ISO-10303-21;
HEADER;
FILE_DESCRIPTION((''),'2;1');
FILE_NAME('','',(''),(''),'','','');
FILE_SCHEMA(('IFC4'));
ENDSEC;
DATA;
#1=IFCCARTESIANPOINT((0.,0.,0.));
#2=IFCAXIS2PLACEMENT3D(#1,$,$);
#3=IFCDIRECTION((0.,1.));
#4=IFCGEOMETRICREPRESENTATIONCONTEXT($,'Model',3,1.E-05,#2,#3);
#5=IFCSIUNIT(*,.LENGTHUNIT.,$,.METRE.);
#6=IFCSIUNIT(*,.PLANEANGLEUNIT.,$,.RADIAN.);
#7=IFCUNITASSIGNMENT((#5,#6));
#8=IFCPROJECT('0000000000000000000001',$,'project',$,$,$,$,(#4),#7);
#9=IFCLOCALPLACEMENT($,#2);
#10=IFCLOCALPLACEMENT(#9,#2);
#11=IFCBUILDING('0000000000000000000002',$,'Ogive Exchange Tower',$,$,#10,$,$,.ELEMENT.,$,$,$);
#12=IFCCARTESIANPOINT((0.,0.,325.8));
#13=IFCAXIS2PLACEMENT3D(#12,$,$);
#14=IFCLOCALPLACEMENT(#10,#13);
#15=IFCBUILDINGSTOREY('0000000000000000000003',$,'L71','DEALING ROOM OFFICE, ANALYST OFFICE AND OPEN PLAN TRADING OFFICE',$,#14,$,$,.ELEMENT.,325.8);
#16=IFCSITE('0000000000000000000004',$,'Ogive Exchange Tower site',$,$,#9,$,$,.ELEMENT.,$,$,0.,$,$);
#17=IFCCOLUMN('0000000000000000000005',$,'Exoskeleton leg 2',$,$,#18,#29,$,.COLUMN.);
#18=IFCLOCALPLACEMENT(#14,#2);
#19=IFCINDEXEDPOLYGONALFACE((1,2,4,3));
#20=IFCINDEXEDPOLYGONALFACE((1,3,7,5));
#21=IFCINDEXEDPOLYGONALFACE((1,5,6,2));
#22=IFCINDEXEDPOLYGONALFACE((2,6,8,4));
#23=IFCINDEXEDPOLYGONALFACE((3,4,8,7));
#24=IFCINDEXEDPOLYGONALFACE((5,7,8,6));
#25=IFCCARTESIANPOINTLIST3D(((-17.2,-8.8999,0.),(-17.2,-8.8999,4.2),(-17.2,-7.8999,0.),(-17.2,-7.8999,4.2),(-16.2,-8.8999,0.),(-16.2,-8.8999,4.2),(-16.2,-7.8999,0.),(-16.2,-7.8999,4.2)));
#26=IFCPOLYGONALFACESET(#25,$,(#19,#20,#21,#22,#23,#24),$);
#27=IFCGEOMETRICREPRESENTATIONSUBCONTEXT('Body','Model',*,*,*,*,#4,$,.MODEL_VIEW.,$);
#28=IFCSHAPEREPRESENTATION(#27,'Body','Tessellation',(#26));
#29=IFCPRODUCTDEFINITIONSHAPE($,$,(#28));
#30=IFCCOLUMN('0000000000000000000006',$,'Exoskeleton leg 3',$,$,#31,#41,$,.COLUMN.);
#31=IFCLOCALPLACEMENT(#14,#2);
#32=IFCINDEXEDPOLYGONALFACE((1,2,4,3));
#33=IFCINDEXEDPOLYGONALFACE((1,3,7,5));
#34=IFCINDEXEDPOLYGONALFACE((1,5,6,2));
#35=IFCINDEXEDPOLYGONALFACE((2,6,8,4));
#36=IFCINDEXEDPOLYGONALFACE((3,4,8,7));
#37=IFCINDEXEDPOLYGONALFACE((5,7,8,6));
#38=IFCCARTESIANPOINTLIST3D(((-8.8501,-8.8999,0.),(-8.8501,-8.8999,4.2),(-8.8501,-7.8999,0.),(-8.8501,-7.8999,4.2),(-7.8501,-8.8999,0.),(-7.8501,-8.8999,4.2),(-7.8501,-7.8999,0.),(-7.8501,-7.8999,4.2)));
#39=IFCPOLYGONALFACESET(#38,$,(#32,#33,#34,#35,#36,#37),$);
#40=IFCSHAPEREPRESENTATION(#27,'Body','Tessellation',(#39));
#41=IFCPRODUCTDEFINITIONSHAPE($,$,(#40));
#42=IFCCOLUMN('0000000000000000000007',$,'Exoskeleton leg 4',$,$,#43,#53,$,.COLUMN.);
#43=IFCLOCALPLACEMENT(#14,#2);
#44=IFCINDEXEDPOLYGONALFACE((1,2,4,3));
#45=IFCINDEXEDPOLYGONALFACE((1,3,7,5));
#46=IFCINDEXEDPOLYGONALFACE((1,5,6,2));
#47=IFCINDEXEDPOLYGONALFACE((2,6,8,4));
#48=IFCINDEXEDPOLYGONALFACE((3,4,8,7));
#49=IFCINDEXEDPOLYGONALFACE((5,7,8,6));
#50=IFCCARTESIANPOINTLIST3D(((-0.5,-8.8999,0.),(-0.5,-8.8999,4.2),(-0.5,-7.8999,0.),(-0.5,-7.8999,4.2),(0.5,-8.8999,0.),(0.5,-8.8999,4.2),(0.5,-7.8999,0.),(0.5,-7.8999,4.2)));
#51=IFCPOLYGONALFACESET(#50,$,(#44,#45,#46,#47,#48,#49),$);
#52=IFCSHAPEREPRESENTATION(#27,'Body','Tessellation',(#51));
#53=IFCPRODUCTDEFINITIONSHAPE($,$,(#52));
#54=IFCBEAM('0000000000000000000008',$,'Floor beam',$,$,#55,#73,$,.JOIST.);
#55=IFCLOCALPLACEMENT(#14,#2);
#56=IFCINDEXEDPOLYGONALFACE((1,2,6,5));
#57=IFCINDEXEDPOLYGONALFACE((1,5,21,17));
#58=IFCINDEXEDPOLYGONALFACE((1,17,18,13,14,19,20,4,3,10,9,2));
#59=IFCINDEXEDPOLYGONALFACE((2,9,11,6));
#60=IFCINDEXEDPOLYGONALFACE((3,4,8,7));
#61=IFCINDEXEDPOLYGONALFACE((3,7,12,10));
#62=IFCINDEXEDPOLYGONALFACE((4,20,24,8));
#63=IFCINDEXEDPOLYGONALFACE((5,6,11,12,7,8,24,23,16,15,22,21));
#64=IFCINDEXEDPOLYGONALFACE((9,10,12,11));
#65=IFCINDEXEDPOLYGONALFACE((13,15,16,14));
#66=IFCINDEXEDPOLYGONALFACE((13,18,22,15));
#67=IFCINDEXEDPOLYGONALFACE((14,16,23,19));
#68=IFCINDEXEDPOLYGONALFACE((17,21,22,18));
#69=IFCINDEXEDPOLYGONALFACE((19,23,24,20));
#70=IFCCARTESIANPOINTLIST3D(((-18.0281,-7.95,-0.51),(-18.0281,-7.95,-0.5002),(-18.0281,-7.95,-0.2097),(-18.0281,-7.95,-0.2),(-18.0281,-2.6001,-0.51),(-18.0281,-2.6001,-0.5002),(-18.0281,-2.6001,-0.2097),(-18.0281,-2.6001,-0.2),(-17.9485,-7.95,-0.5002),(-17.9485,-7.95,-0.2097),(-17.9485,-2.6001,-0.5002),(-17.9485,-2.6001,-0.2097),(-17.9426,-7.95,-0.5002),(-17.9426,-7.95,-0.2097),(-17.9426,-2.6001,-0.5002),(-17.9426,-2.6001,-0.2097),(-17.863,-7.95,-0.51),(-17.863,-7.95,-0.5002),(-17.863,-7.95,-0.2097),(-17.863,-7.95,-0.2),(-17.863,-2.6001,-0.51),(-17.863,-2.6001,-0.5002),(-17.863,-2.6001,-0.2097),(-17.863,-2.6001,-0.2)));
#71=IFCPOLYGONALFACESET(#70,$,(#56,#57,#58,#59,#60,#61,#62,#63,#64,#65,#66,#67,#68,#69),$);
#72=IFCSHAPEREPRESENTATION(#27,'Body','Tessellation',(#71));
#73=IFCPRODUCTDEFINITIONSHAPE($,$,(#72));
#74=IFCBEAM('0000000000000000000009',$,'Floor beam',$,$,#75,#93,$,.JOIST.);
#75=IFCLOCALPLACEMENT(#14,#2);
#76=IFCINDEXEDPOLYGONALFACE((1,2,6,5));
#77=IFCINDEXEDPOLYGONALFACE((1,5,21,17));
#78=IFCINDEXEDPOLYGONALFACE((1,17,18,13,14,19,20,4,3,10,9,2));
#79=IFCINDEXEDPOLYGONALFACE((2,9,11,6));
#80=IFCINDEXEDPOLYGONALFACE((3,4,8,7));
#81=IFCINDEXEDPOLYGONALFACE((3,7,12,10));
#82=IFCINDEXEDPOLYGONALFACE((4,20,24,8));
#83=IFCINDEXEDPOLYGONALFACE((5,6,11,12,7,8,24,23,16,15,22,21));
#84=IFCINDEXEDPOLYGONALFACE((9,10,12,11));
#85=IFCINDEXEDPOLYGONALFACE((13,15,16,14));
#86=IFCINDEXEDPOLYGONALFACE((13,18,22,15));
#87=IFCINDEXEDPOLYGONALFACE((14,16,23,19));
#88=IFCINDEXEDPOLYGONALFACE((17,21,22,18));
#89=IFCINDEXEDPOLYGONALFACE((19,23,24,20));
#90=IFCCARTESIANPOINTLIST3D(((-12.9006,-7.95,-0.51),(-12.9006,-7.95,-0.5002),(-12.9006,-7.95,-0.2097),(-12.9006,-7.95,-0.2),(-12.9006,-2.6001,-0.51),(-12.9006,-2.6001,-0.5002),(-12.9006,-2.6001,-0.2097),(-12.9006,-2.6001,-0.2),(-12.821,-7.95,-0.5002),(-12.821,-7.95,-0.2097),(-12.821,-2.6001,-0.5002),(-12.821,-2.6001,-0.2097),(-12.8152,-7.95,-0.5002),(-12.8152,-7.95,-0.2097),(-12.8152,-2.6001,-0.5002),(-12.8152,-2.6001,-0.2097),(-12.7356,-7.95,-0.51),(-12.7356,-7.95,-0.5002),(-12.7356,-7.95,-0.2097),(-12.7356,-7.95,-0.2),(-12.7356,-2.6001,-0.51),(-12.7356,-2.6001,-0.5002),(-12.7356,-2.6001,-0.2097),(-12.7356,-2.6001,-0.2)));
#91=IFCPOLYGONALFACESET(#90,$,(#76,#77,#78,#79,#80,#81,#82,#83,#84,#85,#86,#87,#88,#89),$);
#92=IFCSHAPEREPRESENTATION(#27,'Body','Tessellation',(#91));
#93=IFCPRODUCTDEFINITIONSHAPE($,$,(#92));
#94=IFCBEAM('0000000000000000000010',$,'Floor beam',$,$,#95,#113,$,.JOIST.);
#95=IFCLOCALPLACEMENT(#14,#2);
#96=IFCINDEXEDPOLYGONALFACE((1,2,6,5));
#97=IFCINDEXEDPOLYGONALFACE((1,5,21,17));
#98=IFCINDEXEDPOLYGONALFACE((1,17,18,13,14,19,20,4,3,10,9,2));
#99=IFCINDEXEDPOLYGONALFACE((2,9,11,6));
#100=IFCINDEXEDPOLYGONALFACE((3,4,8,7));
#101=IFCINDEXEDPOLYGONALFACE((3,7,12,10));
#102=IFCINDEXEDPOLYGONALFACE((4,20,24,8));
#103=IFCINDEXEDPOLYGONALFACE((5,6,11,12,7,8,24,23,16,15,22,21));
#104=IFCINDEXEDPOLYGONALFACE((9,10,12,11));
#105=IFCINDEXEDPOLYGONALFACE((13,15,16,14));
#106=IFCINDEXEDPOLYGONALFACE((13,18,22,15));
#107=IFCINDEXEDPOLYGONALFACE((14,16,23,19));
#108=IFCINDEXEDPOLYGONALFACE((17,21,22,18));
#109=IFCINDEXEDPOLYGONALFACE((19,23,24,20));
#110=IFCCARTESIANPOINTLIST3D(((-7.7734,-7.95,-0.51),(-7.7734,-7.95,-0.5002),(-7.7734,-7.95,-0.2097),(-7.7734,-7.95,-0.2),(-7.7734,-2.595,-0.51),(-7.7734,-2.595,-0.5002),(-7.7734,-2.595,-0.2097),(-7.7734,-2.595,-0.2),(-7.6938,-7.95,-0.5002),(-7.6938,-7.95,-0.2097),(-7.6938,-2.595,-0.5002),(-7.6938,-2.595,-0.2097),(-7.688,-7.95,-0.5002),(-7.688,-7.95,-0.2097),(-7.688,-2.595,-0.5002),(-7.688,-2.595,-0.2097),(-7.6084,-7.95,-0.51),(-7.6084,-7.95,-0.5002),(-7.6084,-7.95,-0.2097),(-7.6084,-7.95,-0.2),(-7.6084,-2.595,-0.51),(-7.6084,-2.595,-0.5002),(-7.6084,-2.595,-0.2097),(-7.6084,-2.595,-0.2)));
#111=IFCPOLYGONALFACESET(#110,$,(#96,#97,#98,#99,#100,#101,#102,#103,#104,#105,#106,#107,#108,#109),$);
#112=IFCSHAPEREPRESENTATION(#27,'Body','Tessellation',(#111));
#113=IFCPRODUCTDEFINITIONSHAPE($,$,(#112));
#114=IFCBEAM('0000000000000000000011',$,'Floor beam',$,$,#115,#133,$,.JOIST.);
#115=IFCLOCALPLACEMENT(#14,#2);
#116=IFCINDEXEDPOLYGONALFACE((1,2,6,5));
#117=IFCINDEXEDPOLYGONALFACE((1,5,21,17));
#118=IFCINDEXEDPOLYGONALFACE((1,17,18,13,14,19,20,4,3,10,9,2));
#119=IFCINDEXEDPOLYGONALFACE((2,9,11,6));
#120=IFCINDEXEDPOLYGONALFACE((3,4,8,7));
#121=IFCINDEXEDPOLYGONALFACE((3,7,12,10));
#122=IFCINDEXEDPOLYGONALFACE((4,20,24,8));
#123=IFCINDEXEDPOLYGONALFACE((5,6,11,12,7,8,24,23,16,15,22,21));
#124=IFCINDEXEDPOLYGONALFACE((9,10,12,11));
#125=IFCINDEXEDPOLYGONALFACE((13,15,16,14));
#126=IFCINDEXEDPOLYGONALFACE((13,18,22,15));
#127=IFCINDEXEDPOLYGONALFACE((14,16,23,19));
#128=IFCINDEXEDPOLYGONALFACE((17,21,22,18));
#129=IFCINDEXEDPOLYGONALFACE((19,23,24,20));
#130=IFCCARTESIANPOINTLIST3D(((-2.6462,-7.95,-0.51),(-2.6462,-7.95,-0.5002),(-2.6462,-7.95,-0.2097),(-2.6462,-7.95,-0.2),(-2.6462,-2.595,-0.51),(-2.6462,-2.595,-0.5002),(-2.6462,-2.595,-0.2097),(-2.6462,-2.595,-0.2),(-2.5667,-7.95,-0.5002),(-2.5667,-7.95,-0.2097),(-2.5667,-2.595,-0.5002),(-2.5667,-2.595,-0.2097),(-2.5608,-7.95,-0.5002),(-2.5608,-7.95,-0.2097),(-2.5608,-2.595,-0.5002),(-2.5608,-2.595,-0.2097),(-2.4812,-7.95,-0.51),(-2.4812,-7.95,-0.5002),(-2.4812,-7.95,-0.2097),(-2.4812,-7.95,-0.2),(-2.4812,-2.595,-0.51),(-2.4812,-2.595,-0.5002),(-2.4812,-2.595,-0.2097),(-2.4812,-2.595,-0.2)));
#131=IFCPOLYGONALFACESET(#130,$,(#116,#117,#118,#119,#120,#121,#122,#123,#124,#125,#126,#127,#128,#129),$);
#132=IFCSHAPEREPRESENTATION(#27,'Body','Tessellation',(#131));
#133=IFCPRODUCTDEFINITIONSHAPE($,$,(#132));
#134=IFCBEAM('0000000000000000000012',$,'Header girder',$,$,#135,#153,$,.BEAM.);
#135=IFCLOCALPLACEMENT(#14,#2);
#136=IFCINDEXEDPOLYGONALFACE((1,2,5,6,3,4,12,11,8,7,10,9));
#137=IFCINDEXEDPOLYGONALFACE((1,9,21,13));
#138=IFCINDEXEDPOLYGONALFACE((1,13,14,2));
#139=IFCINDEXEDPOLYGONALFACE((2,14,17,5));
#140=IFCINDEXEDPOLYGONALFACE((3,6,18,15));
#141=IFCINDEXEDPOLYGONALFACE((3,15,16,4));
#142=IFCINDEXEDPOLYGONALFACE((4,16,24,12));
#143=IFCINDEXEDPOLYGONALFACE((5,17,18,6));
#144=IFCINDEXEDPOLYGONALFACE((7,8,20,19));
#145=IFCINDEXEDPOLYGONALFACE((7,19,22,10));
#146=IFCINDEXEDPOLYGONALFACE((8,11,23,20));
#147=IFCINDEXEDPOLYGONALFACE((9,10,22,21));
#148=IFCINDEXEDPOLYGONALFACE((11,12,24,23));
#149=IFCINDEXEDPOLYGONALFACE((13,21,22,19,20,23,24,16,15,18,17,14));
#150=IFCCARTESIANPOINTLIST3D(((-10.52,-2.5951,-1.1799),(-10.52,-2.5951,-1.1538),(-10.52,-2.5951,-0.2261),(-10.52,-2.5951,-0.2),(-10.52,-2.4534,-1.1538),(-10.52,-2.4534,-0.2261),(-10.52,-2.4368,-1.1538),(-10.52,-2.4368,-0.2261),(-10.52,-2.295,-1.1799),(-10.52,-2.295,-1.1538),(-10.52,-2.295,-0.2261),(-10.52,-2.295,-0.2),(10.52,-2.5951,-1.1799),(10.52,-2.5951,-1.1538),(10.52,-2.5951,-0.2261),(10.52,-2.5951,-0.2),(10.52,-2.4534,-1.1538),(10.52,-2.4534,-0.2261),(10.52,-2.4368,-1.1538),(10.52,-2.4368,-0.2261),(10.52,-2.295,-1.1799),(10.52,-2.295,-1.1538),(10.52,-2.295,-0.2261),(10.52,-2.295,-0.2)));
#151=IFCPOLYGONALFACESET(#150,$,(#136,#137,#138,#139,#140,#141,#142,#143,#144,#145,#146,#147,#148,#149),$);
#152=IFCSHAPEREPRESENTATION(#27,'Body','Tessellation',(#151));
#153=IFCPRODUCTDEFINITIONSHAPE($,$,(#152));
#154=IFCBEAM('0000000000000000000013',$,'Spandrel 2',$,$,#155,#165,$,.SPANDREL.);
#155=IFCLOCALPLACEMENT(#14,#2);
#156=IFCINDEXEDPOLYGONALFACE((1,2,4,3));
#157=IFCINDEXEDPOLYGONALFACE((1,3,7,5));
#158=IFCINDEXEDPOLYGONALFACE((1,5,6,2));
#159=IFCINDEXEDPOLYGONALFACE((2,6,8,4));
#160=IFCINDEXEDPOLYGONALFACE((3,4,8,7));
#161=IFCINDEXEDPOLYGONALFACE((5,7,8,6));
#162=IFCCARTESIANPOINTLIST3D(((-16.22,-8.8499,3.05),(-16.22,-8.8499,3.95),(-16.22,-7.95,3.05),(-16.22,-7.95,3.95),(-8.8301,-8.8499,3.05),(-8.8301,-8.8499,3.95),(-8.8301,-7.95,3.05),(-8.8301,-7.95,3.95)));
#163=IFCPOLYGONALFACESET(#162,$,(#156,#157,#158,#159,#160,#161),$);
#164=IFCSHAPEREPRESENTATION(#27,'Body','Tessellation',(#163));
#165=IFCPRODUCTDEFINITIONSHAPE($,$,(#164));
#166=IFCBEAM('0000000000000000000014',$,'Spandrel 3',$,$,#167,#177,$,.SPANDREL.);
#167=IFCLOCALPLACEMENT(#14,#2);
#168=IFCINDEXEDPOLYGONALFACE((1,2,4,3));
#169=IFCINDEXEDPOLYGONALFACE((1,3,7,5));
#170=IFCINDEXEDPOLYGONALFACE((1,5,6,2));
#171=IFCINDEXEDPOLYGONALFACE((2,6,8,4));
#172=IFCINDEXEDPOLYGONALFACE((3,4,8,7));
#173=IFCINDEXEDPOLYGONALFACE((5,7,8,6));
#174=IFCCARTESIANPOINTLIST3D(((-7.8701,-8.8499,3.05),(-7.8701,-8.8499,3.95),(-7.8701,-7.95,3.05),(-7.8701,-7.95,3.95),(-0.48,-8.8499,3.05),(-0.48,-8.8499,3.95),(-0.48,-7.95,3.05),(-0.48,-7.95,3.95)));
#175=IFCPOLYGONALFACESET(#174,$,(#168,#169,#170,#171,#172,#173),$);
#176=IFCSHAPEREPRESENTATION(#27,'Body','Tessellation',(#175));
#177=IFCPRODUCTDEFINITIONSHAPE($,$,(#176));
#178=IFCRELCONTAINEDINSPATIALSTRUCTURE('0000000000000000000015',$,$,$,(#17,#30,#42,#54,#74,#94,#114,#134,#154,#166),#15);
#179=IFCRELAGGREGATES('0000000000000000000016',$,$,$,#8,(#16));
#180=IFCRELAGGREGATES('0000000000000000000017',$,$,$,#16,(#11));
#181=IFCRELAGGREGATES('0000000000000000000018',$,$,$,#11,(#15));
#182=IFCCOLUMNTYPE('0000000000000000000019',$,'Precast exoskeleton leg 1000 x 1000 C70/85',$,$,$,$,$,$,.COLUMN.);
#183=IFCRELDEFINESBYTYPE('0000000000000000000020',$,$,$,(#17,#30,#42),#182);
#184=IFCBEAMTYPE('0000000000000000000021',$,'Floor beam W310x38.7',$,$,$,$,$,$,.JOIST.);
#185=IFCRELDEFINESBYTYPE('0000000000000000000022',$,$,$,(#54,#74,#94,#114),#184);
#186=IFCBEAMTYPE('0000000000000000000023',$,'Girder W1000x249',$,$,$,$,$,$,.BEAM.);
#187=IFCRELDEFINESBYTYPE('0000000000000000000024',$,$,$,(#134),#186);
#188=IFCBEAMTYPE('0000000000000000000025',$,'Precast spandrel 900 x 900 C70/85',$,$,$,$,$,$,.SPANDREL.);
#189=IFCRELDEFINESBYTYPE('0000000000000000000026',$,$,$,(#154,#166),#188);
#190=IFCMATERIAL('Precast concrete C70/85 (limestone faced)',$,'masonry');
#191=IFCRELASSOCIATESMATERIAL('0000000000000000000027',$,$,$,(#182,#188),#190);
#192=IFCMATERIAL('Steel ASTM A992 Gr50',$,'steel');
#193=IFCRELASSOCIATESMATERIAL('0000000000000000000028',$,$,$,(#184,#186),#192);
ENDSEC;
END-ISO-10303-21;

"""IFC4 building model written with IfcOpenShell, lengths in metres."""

from ifc_helpers import new_model, si_unit, direction, frame, origin, origin_2d, place, context, subcontext, project, spatial, rectangle, i_section, extrude, material, material_profile, profile_set, type_object, element, save


model = new_model("IFC4")

# Units and contexts
model_context = context("Model", 3, precision=1e-05, world=origin(), true_north=direction((0.0, 1.0)))
body_context = subcontext(model_context, "Body", "Model", "MODEL_VIEW")
ifc_project = project(units=[si_unit("LENGTHUNIT", "METRE"), si_unit("PLANEANGLEUNIT", "RADIAN")], contexts=[model_context])

# Site, building, storey
site_placement = place(None, origin())
site = spatial("IfcSite", under=ifc_project, at=site_placement, Name="Ogive Exchange Tower site", CompositionType="ELEMENT", RefElevation=0.0)
building_placement = place(site_placement, origin())
building = spatial("IfcBuilding", under=site, at=building_placement, Name="Ogive Exchange Tower", CompositionType="ELEMENT")
storey_placement = place(building_placement, frame((0.0, 0.0, 325.8)))
storey = spatial("IfcBuildingStorey", under=building, at=storey_placement, Name="L71", Description="DEALING ROOM OFFICE, ANALYST OFFICE AND OPEN PLAN TRADING OFFICE", CompositionType="ELEMENT", Elevation=325.8)

# Columns
ifc_material_1 = material(Name="Precast concrete C70/85 (limestone faced)", Category="masonry")
ifc_material_profile_1 = material_profile(ifc_material_1, rectangle(XDim=1.0, YDim=1.0, at=origin_2d()), Name="1000 x 1000")
ifc_profile_set_1 = profile_set([ifc_material_profile_1], Name="Precast concrete C70/85 (limestone faced)")
column_type = type_object("IfcColumnType", Name="Precast exoskeleton leg 1000 x 1000 C70/85", PredefinedType="COLUMN", material=ifc_profile_set_1)
for number, where, z_axis, x_axis, name in (
    (1, (-16.7, -8.3999, 0.0), (0.0, 0.0, 1.0), (1.0, 0.0, 0.0), "Exoskeleton leg 2"),
    (2, (-8.3501, -8.3999, 0.0), (0.0, 0.0, 1.0), (1.0, 0.0, 0.0), "Exoskeleton leg 3"),
    (3, (0.0, -8.3999, 0.0), (0.0, 0.0, 1.0), (1.0, 0.0, 0.0), "Exoskeleton leg 4"),
):
    element("IfcColumn", number, at=place(storey_placement, frame(where, z_axis=z_axis, x_axis=x_axis)), inside=storey, type_object=column_type, Name=name, PredefinedType="COLUMN", context=body_context, shape_type="SweptSolid", body=[
        extrude(rectangle(XDim=1.0, YDim=1.0, at=origin_2d()), origin(), (0.0, 0.0, 1.0), 4.2),
    ])

# Beams
ifc_material_2 = material(Name="Steel ASTM A992 Gr50", Category="steel")
ifc_material_profile_2 = material_profile(ifc_material_2, i_section(OverallWidth=0.165, OverallDepth=0.3101, WebThickness=0.0059, FlangeThickness=0.0098, at=origin_2d()), Name="W310x38.7")
ifc_profile_set_2 = profile_set([ifc_material_profile_2], Name="Steel ASTM A992 Gr50")
beam_type_1 = type_object("IfcBeamType", Name="Floor beam W310x38.7", PredefinedType="JOIST", material=ifc_profile_set_2)
for number, where, z_axis, x_axis, name in (
    (4, (-17.9456, -7.95, -0.355), (0.0, 1.0, 0.0), (-1.0, 0.0, 0.0), "Floor beam"),
    (5, (-12.8181, -7.95, -0.355), (0.0, 1.0, 0.0), (-1.0, 0.0, 0.0), "Floor beam"),
):
    element("IfcBeam", number, at=place(storey_placement, frame(where, z_axis=z_axis, x_axis=x_axis)), inside=storey, type_object=beam_type_1, Name=name, PredefinedType="JOIST", context=body_context, shape_type="SweptSolid", body=[
        extrude(i_section(OverallWidth=0.165, OverallDepth=0.3101, WebThickness=0.0059, FlangeThickness=0.0098, at=origin_2d()), origin(), (0.0, 0.0, 1.0), 5.3499),
    ])
for number, where, z_axis, x_axis, name in (
    (6, (-7.6909, -7.95, -0.355), (0.0, 1.0, 0.0), (-1.0, 0.0, 0.0), "Floor beam"),
    (7, (-2.5637, -7.95, -0.355), (0.0, 1.0, 0.0), (-1.0, 0.0, 0.0), "Floor beam"),
):
    element("IfcBeam", number, at=place(storey_placement, frame(where, z_axis=z_axis, x_axis=x_axis)), inside=storey, type_object=beam_type_1, Name=name, PredefinedType="JOIST", context=body_context, shape_type="SweptSolid", body=[
        extrude(i_section(OverallWidth=0.165, OverallDepth=0.3101, WebThickness=0.0059, FlangeThickness=0.0098, at=origin_2d()), origin(), (0.0, 0.0, 1.0), 5.355),
    ])
ifc_material_profile_3 = material_profile(ifc_material_2, i_section(OverallWidth=0.3, OverallDepth=0.98, WebThickness=0.0166, FlangeThickness=0.0261, at=origin_2d()), Name="W1000x249")
ifc_profile_set_3 = profile_set([ifc_material_profile_3], Name="Steel ASTM A992 Gr50")
beam_type_2 = type_object("IfcBeamType", Name="Girder W1000x249", PredefinedType="BEAM", material=ifc_profile_set_3)
beam_1_placement = place(storey_placement, frame((-10.52, -2.4451, -0.6899), z_axis=(1.0, 0.0, 0.0), x_axis=(0.0, 1.0, 0.0)))
element("IfcBeam", 8, at=beam_1_placement, inside=storey, type_object=beam_type_2, Name="Header girder", PredefinedType="BEAM", context=body_context, shape_type="SweptSolid", body=[
    extrude(i_section(OverallWidth=0.3, OverallDepth=0.98, WebThickness=0.0166, FlangeThickness=0.0261, at=origin_2d()), origin(), (0.0, 0.0, 1.0), 21.04),
])
ifc_material_profile_4 = material_profile(ifc_material_1, rectangle(XDim=0.8999, YDim=0.8999, at=origin_2d()), Name="900 x 900")
ifc_profile_set_4 = profile_set([ifc_material_profile_4], Name="Precast concrete C70/85 (limestone faced)")
beam_type_3 = type_object("IfcBeamType", Name="Precast spandrel 900 x 900 C70/85", PredefinedType="SPANDREL", material=ifc_profile_set_4)
beam_2_placement = place(storey_placement, frame((-16.22, -8.3999, 3.5), z_axis=(1.0, 0.0, 0.0), x_axis=(0.0, 1.0, 0.0)))
element("IfcBeam", 9, at=beam_2_placement, inside=storey, type_object=beam_type_3, Name="Spandrel 2", PredefinedType="SPANDREL", context=body_context, shape_type="SweptSolid", body=[
    extrude(rectangle(XDim=0.8999, YDim=0.8999, at=origin_2d()), origin(), (0.0, 0.0, 1.0), 7.3899),
])
beam_3_placement = place(storey_placement, frame((-7.8701, -8.3999, 3.5), z_axis=(1.0, 0.0, 0.0), x_axis=(0.0, 1.0, 0.0)))
element("IfcBeam", 10, at=beam_3_placement, inside=storey, type_object=beam_type_3, Name="Spandrel 3", PredefinedType="SPANDREL", context=body_context, shape_type="SweptSolid", body=[
    extrude(rectangle(XDim=0.8999, YDim=0.8999, at=origin_2d()), origin(), (0.0, 0.0, 1.0), 7.3901),
])

save(model, "model.ifc")
